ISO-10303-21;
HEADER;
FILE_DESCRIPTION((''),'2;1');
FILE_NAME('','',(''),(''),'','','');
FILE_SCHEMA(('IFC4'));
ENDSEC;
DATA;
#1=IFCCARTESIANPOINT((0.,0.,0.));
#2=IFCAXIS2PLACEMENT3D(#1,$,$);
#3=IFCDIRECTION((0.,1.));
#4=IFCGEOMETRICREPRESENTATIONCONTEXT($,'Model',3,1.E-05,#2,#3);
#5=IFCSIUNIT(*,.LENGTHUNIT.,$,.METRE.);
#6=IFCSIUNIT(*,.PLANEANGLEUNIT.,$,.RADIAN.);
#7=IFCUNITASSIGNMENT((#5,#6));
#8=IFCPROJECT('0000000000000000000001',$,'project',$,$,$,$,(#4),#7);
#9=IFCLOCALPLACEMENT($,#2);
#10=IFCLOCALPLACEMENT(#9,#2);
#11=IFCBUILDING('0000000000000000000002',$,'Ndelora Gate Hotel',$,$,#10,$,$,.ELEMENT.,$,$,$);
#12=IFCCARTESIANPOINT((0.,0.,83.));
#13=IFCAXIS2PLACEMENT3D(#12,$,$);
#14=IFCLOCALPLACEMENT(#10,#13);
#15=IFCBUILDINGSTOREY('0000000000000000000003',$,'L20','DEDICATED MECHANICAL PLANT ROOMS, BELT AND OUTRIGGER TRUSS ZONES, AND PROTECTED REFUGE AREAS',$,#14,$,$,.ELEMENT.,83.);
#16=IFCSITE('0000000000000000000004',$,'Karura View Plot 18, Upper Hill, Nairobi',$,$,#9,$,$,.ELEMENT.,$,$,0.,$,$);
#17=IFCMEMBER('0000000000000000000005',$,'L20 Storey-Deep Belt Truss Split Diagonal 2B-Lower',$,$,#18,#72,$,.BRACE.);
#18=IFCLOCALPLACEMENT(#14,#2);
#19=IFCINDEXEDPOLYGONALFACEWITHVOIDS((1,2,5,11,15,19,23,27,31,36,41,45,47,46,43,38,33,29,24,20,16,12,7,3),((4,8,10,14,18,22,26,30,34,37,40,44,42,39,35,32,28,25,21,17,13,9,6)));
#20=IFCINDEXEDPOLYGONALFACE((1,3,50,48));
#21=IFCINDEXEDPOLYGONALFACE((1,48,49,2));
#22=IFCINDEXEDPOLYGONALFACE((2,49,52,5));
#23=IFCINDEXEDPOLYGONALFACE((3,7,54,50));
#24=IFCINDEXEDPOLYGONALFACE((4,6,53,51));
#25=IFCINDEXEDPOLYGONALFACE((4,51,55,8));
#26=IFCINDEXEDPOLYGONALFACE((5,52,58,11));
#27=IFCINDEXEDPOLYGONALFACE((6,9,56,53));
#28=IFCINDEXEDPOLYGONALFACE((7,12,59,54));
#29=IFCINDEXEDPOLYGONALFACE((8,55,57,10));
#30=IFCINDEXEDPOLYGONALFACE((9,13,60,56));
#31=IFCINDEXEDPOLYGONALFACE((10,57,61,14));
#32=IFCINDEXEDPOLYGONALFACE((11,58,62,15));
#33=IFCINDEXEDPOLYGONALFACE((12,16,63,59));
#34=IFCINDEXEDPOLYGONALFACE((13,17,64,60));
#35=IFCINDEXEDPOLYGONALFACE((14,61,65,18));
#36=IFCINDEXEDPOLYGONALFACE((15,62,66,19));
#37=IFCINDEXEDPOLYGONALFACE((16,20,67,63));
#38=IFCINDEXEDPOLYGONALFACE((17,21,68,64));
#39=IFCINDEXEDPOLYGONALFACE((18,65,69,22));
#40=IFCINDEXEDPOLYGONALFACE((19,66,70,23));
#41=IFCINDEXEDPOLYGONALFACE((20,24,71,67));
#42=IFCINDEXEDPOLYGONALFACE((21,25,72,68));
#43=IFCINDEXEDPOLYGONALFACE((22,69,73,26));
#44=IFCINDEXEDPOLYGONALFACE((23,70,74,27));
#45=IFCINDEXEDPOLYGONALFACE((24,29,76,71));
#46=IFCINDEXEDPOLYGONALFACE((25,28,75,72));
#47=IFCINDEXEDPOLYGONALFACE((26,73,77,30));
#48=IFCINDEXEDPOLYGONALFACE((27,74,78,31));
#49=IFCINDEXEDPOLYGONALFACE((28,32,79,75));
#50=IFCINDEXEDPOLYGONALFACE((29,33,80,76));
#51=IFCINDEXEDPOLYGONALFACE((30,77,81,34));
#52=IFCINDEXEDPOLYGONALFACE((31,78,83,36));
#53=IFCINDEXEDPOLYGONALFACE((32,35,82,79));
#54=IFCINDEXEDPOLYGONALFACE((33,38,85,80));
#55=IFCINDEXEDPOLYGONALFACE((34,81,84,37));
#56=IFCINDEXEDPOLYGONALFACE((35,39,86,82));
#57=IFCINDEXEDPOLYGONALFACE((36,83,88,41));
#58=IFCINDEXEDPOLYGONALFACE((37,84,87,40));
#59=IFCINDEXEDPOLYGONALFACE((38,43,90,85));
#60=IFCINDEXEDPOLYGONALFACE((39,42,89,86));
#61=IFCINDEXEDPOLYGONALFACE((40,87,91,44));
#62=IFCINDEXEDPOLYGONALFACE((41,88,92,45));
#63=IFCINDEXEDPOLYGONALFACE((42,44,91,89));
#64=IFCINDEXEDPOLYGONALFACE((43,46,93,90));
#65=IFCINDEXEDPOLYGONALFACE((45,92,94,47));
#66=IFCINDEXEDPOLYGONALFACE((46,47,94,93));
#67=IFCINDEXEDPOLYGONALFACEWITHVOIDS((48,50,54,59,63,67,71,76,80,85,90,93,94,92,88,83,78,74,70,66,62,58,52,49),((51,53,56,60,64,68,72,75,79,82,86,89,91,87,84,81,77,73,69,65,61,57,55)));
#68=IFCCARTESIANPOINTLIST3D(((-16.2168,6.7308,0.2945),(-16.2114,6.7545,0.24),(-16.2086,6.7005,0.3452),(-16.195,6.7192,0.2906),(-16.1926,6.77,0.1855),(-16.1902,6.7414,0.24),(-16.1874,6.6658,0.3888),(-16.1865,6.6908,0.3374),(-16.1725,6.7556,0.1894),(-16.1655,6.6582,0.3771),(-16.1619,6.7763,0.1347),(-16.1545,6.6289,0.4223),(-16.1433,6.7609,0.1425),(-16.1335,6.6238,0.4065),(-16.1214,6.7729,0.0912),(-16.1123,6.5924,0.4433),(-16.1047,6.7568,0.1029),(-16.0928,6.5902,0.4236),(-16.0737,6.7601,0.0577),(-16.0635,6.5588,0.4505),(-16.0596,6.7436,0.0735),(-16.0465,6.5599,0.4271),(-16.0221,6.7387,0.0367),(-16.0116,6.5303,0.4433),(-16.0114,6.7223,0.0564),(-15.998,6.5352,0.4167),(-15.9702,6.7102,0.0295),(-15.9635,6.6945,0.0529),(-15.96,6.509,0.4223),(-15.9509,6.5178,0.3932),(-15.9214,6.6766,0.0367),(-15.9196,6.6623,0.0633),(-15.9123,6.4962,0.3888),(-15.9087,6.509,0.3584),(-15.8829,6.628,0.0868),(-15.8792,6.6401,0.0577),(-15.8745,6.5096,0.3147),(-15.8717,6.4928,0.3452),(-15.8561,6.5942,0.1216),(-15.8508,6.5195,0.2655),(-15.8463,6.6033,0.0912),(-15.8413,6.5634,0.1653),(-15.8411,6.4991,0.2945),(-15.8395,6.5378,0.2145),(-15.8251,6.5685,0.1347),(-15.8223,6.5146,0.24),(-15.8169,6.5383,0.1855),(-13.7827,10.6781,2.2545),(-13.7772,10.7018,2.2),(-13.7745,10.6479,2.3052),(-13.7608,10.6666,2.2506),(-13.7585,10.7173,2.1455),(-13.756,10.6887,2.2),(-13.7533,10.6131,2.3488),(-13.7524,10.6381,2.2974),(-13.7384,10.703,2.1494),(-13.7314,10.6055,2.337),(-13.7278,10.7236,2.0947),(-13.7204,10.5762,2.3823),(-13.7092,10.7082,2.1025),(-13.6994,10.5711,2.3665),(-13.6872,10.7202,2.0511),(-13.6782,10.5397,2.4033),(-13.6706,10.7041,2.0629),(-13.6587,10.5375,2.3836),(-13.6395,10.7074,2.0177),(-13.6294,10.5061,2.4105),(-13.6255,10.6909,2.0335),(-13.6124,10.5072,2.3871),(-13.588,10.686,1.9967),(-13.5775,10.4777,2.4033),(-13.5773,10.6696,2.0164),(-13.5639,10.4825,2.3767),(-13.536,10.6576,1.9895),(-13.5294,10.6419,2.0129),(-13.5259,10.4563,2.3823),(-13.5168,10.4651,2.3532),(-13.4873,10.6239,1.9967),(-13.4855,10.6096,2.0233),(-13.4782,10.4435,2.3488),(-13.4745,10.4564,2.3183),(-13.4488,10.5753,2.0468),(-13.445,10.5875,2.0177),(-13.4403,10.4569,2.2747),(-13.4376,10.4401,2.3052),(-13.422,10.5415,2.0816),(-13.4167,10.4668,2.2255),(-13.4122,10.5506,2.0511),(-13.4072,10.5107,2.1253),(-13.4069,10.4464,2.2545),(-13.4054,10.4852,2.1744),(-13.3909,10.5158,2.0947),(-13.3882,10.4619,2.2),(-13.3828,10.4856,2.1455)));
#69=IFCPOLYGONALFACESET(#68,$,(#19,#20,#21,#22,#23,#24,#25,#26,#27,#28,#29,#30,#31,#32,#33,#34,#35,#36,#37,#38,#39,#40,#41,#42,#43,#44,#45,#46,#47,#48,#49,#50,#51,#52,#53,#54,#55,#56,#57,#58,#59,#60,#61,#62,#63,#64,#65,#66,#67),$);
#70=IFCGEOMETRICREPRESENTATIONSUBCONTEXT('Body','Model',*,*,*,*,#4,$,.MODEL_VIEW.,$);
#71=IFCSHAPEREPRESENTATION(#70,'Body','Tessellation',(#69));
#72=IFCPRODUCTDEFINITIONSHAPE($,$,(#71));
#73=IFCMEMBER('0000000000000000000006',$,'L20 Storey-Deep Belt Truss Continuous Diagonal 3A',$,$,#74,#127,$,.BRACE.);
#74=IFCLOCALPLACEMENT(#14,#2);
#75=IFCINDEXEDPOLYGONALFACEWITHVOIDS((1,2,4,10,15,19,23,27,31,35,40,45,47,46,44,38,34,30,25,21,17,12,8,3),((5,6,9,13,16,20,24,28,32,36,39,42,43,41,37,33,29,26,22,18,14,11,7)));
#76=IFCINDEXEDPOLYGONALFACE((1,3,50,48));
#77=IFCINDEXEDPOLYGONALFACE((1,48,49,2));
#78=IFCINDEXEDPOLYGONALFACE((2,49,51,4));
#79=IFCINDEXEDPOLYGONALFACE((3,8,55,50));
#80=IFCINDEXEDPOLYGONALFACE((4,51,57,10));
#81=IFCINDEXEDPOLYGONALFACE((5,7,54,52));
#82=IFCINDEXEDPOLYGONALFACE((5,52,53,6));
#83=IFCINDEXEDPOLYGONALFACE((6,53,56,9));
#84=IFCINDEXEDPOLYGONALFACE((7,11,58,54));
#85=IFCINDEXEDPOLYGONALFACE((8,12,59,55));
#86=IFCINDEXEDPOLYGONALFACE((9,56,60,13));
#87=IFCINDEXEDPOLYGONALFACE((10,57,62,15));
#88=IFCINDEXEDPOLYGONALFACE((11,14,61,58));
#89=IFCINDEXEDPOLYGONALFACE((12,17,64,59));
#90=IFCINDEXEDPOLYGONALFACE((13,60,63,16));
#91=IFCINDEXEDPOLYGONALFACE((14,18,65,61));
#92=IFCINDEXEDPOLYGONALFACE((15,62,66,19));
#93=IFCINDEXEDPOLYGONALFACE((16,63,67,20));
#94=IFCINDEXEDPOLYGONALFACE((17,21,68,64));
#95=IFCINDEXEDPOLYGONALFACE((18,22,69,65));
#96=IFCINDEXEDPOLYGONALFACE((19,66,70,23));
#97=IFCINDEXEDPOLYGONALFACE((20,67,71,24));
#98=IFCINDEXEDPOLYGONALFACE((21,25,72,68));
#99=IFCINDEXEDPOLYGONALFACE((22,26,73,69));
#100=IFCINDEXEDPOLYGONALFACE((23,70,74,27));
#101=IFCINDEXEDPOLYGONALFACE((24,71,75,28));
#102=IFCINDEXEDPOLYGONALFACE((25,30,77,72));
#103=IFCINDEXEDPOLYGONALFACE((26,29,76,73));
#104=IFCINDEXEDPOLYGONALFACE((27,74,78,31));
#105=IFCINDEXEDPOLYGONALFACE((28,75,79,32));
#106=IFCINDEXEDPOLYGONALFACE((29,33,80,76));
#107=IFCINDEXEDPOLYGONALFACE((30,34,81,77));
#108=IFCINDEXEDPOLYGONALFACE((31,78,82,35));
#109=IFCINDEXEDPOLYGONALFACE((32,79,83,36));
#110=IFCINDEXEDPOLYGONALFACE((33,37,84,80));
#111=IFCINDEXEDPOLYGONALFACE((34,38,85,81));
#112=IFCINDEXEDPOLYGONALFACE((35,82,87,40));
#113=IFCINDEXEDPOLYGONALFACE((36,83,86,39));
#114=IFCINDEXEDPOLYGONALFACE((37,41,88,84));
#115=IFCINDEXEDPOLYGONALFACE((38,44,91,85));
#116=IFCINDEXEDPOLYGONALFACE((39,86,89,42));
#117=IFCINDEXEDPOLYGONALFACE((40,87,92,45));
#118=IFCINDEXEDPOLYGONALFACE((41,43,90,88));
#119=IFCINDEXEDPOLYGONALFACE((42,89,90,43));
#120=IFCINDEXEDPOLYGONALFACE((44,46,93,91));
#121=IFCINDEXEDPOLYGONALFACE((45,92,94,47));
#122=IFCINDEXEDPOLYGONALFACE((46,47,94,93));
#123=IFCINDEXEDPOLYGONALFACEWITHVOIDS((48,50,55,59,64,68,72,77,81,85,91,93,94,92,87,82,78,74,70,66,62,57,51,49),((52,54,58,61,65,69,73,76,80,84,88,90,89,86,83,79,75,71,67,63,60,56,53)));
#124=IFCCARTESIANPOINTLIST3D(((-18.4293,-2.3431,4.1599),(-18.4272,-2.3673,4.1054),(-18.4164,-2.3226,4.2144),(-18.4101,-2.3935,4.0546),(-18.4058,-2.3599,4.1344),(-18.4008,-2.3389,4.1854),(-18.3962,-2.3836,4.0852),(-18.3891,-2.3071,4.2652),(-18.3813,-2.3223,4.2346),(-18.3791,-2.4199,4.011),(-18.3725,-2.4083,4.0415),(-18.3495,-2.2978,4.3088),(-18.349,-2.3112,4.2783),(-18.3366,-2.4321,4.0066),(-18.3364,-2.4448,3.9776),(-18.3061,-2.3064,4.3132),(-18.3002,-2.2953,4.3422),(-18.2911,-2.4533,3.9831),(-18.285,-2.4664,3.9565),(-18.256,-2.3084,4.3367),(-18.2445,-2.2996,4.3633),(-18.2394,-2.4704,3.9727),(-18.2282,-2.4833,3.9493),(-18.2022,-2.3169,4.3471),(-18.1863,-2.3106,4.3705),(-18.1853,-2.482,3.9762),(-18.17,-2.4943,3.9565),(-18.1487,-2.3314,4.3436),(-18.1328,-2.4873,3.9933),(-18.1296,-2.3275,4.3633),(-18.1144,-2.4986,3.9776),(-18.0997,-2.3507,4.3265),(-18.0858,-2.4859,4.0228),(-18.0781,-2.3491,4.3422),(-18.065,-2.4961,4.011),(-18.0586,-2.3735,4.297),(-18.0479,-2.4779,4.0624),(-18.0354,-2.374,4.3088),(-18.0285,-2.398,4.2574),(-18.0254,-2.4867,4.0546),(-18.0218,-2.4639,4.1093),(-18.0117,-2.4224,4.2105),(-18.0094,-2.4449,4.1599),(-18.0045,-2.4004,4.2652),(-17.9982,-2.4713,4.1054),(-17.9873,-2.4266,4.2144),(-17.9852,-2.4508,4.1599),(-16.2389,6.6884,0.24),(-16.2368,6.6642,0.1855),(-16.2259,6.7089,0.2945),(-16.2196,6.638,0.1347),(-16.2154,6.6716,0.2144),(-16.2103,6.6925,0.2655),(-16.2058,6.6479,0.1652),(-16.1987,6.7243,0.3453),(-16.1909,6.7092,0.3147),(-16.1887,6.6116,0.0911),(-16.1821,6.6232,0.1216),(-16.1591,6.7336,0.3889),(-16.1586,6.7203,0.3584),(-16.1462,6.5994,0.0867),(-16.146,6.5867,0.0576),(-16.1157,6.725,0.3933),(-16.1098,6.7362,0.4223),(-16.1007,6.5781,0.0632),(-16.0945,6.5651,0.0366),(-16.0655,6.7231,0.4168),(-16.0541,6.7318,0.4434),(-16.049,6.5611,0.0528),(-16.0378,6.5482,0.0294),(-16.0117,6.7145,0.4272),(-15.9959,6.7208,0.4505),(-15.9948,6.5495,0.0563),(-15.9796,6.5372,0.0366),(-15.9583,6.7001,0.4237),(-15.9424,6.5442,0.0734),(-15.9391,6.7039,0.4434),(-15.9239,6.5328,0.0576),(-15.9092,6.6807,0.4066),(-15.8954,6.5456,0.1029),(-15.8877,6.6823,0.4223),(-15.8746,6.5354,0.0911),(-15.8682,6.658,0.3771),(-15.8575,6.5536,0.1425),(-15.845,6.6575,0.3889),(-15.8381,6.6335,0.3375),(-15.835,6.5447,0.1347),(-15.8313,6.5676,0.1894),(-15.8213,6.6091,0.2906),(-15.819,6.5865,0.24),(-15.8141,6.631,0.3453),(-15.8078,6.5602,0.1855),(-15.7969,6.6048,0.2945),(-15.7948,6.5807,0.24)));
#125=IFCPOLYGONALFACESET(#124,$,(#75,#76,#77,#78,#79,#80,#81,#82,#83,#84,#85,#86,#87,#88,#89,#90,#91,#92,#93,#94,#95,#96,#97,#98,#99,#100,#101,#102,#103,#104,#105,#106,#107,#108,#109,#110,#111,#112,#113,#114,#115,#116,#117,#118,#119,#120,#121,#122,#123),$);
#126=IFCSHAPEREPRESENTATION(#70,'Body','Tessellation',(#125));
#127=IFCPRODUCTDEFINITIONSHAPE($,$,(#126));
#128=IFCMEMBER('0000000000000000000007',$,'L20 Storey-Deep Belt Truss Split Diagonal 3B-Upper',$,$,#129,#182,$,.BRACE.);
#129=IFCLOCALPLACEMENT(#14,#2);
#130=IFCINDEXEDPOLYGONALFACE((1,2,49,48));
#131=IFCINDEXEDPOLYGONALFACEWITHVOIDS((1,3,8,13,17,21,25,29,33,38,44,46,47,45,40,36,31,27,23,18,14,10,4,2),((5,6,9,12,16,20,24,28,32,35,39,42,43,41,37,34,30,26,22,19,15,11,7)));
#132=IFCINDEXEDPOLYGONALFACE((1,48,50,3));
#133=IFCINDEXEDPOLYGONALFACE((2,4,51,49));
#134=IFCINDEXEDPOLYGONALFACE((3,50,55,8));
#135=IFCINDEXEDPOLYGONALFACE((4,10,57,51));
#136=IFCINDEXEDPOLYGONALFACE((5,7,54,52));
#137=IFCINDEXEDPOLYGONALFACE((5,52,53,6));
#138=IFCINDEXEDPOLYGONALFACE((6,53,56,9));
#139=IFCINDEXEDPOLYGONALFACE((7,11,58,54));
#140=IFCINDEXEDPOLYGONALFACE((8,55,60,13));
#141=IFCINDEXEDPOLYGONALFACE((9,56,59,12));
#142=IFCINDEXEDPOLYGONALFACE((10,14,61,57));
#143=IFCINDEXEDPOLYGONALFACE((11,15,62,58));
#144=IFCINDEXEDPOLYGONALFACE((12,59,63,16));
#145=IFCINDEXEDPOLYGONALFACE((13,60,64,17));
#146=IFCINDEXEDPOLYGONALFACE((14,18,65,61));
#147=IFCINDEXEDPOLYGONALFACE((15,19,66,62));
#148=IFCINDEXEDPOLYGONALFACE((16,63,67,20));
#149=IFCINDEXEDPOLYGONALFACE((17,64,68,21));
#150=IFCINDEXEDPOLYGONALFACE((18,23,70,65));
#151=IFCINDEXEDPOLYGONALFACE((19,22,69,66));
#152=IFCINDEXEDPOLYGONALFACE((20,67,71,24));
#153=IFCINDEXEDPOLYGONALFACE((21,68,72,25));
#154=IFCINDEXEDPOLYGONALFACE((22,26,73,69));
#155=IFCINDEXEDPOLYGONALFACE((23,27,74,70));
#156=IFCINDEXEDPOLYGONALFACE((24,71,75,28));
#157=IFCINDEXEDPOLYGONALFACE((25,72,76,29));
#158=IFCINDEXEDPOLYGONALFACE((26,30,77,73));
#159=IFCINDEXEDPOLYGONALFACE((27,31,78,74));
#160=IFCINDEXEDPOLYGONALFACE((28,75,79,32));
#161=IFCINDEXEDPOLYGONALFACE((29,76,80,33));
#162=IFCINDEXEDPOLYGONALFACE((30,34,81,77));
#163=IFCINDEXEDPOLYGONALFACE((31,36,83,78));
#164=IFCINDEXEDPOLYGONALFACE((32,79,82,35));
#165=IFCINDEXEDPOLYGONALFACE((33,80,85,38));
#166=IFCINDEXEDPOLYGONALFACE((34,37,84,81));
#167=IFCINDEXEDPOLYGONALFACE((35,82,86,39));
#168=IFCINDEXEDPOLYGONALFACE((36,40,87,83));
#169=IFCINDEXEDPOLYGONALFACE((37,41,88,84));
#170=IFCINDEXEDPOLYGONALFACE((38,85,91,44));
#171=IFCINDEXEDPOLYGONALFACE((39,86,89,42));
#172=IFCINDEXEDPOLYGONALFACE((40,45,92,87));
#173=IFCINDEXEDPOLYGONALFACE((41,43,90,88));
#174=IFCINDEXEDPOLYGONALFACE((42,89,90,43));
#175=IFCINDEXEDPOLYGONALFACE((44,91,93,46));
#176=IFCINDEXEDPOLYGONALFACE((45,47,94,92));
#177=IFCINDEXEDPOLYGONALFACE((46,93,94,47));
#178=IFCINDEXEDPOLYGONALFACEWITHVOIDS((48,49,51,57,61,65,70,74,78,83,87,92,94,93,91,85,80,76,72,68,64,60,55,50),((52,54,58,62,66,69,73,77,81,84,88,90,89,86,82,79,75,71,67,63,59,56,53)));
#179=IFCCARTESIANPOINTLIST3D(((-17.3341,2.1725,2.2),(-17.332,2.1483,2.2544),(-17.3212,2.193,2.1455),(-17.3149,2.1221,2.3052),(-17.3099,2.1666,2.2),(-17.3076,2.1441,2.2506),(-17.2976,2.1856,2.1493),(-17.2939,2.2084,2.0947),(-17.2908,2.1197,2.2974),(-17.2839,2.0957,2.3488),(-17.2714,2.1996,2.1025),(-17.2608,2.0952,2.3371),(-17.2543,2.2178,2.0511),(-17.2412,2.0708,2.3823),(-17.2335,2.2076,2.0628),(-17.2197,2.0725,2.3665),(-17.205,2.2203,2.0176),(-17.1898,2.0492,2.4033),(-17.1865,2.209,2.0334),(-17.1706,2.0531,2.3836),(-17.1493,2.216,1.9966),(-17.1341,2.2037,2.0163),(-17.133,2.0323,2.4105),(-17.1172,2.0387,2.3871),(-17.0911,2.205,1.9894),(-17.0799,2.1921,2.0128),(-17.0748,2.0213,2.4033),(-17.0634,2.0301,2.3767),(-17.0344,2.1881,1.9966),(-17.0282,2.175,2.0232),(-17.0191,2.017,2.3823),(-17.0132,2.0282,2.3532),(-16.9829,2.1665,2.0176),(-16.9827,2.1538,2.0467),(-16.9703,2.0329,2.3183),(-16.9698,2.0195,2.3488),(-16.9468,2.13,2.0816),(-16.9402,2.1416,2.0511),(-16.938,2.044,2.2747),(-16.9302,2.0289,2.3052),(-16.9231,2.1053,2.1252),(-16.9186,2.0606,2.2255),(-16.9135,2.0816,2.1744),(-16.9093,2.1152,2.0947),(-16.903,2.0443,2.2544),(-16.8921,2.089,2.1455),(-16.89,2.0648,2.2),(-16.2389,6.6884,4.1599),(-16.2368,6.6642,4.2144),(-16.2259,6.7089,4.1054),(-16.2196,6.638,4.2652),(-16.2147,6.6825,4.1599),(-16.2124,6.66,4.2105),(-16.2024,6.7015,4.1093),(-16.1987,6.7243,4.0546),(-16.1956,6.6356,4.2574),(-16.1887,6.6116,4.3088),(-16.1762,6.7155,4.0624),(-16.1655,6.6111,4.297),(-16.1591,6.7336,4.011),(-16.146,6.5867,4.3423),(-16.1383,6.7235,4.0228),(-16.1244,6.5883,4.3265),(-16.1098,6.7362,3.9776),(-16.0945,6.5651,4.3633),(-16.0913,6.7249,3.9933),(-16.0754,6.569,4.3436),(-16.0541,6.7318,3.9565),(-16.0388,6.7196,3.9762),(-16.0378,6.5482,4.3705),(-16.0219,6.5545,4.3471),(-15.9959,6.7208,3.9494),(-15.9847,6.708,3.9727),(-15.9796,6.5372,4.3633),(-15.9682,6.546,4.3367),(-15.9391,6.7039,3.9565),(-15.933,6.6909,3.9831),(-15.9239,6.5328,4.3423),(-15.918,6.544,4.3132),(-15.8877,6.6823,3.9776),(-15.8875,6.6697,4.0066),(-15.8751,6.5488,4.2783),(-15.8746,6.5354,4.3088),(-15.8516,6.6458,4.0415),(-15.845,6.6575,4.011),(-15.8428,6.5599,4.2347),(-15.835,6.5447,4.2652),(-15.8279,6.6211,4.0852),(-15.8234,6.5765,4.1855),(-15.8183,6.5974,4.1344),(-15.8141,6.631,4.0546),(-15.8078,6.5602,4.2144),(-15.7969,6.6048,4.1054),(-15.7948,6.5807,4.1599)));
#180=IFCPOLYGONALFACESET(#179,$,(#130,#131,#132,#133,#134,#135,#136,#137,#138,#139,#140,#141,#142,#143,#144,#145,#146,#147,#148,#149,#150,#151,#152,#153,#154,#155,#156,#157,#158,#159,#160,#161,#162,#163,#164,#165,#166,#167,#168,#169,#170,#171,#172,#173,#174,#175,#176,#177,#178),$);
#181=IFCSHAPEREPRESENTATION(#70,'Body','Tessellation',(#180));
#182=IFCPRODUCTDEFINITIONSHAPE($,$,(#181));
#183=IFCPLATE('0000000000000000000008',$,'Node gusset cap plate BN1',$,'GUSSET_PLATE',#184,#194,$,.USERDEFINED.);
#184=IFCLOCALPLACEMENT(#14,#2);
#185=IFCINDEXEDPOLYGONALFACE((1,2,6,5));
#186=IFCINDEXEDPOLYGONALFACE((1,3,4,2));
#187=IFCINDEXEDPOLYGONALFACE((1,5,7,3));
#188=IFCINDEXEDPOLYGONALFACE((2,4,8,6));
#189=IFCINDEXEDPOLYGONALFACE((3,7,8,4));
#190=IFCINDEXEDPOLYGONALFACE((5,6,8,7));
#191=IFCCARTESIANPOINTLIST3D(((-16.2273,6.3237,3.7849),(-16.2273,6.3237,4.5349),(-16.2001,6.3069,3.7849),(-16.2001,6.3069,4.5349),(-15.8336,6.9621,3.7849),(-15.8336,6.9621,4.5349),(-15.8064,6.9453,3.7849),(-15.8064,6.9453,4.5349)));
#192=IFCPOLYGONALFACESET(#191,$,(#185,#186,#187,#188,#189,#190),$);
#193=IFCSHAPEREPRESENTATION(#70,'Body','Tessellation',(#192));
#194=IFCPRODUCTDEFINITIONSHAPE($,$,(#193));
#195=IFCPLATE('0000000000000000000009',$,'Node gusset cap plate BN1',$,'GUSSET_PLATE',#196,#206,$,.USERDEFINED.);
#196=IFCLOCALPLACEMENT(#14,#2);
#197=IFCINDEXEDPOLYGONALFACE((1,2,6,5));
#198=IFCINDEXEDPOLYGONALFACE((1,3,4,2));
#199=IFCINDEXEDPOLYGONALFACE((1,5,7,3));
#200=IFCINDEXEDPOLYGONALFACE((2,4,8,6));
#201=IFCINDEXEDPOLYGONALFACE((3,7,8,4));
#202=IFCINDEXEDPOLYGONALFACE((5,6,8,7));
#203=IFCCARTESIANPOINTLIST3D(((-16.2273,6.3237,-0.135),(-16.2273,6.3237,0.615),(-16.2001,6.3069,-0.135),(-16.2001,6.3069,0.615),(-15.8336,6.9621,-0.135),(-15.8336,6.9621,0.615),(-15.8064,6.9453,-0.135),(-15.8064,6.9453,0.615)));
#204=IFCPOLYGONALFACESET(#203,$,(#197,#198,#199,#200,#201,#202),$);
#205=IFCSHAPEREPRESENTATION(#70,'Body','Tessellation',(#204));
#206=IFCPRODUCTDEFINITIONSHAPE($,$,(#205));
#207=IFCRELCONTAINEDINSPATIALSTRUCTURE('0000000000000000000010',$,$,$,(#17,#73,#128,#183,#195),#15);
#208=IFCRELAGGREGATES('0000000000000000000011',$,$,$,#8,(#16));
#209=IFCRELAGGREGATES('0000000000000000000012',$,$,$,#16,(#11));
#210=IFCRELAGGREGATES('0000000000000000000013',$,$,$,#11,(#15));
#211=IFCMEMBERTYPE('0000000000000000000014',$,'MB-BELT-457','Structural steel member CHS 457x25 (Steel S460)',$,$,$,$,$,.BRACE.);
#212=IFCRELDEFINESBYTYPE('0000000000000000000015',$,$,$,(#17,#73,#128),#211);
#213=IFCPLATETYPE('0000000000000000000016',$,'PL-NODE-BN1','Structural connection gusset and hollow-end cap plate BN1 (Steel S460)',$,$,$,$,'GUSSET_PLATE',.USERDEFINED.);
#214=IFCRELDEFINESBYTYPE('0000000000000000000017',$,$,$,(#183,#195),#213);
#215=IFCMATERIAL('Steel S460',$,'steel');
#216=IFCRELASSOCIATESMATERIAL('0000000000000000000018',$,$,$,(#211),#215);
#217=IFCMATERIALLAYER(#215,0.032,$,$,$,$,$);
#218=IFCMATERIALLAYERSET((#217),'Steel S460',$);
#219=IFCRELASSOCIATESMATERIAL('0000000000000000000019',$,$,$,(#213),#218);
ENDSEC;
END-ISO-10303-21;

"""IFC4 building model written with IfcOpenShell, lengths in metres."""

from ifc_helpers import new_model, si_unit, direction, frame, origin, origin_2d, place, context, subcontext, project, spatial, rectangle, hollow_circle, extrude, material, layer, layer_set, material_profile, profile_set, type_object, element, save


model = new_model("IFC4")

# Units and contexts
model_context = context("Model", 3, precision=1e-05, world=origin(), true_north=direction((0.0, 1.0)))
body_context = subcontext(model_context, "Body", "Model", "MODEL_VIEW")
ifc_project = project(units=[si_unit("LENGTHUNIT", "METRE"), si_unit("PLANEANGLEUNIT", "RADIAN")], contexts=[model_context])

# Site, building, storey
site_placement = place(None, origin())
site = spatial("IfcSite", under=ifc_project, at=site_placement, Name="Karura View Plot 18, Upper Hill, Nairobi", CompositionType="ELEMENT", RefElevation=0.0)
building_placement = place(site_placement, origin())
building = spatial("IfcBuilding", under=site, at=building_placement, Name="Ndelora Gate Hotel", CompositionType="ELEMENT")
storey_placement = place(building_placement, frame((0.0, 0.0, 83.0)))
storey = spatial("IfcBuildingStorey", under=building, at=storey_placement, Name="L20", Description="DEDICATED MECHANICAL PLANT ROOMS, BELT AND OUTRIGGER TRUSS ZONES, AND PROTECTED REFUGE AREAS", CompositionType="ELEMENT", Elevation=83.0)

# Shared definitions
ifc_material_1 = material(Name="Steel S460", Category="steel")

# Members
ifc_material_profile_1 = material_profile(ifc_material_1, hollow_circle(Radius=0.2285, WallThickness=0.0249, at=origin_2d()), Name="CHS 457x25")
ifc_profile_set_1 = profile_set([ifc_material_profile_1], Name="Steel S460")
member_type = type_object("IfcMemberType", Name="MB-BELT-457", Description="Structural steel member CHS 457x25 (Steel S460)", PredefinedType="BRACE", material=ifc_profile_set_1)
member_1_placement = place(storey_placement, frame((-16.0168, 6.6345, 0.24), z_axis=(0.483472, 0.784029, 0.389299), x_axis=(-0.851177, 0.524879, 0.0)))
element("IfcMember", 1, at=member_1_placement, inside=storey, type_object=member_type, Name="L20 Storey-Deep Belt Truss Split Diagonal 2B-Lower", PredefinedType="BRACE", context=body_context, shape_type="SweptSolid", body=[
    extrude(hollow_circle(Radius=0.2285, WallThickness=0.0249, at=origin_2d()), origin(), (0.0, 0.0, 1.0), 5.0347),
])
member_2_placement = place(storey_placement, frame((-16.0168, 6.6345, 0.24), z_axis=(-0.217171, -0.89543, 0.388642), x_axis=(0.971826, -0.235699, 0.0)))
element("IfcMember", 2, at=member_2_placement, inside=storey, type_object=member_type, Name="L20 Storey-Deep Belt Truss Continuous Diagonal 3A", PredefinedType="BRACE", context=body_context, shape_type="SweptSolid", body=[
    extrude(hollow_circle(Radius=0.2285, WallThickness=0.0249, at=origin_2d()), origin(), (0.0, 0.0, 1.0), 10.0862),
])
member_3_placement = place(storey_placement, frame((-17.1121, 2.1187, 2.2), z_axis=(0.217166, 0.895435, 0.388633), x_axis=(-0.971827, 0.235693, 0.0)))
element("IfcMember", 3, at=member_3_placement, inside=storey, type_object=member_type, Name="L20 Storey-Deep Belt Truss Split Diagonal 3B-Upper", PredefinedType="BRACE", context=body_context, shape_type="SweptSolid", body=[
    extrude(hollow_circle(Radius=0.2285, WallThickness=0.0249, at=origin_2d()), origin(), (0.0, 0.0, 1.0), 5.0432),
])

# Plates
ifc_layer_1 = layer(ifc_material_1, 0.032)
ifc_layer_set_1 = layer_set([ifc_layer_1], Name="Steel S460")
plate_type_1 = type_object("IfcPlateType", Name="PL-NODE-BN1", Description="Structural connection gusset and hollow-end cap plate BN1 (Steel S460)", ElementType="GUSSET_PLATE", PredefinedType="USERDEFINED", material=ifc_layer_set_1)
for number, where, z_axis, x_axis, name in (
    (4, (-16.0168, 6.6345, 3.7849), (0.0, 0.0, 1.0), (0.524878, 0.851178, 0.0), "Node gusset cap plate BN1"),
    (5, (-16.0168, 6.6345, -0.135), (0.0, 0.0, 1.0), (0.524878, 0.851178, 0.0), "Node gusset cap plate BN1"),
):
    element("IfcPlate", number, at=place(storey_placement, frame(where, z_axis=z_axis, x_axis=x_axis)), inside=storey, type_object=plate_type_1, Name=name, ObjectType="GUSSET_PLATE", PredefinedType="USERDEFINED", context=body_context, shape_type="SweptSolid", body=[
        extrude(rectangle(XDim=0.75, YDim=0.032, at=origin_2d()), origin(), (0.0, 0.0, 1.0), 0.75),
    ])

save(model, "model.ifc")
